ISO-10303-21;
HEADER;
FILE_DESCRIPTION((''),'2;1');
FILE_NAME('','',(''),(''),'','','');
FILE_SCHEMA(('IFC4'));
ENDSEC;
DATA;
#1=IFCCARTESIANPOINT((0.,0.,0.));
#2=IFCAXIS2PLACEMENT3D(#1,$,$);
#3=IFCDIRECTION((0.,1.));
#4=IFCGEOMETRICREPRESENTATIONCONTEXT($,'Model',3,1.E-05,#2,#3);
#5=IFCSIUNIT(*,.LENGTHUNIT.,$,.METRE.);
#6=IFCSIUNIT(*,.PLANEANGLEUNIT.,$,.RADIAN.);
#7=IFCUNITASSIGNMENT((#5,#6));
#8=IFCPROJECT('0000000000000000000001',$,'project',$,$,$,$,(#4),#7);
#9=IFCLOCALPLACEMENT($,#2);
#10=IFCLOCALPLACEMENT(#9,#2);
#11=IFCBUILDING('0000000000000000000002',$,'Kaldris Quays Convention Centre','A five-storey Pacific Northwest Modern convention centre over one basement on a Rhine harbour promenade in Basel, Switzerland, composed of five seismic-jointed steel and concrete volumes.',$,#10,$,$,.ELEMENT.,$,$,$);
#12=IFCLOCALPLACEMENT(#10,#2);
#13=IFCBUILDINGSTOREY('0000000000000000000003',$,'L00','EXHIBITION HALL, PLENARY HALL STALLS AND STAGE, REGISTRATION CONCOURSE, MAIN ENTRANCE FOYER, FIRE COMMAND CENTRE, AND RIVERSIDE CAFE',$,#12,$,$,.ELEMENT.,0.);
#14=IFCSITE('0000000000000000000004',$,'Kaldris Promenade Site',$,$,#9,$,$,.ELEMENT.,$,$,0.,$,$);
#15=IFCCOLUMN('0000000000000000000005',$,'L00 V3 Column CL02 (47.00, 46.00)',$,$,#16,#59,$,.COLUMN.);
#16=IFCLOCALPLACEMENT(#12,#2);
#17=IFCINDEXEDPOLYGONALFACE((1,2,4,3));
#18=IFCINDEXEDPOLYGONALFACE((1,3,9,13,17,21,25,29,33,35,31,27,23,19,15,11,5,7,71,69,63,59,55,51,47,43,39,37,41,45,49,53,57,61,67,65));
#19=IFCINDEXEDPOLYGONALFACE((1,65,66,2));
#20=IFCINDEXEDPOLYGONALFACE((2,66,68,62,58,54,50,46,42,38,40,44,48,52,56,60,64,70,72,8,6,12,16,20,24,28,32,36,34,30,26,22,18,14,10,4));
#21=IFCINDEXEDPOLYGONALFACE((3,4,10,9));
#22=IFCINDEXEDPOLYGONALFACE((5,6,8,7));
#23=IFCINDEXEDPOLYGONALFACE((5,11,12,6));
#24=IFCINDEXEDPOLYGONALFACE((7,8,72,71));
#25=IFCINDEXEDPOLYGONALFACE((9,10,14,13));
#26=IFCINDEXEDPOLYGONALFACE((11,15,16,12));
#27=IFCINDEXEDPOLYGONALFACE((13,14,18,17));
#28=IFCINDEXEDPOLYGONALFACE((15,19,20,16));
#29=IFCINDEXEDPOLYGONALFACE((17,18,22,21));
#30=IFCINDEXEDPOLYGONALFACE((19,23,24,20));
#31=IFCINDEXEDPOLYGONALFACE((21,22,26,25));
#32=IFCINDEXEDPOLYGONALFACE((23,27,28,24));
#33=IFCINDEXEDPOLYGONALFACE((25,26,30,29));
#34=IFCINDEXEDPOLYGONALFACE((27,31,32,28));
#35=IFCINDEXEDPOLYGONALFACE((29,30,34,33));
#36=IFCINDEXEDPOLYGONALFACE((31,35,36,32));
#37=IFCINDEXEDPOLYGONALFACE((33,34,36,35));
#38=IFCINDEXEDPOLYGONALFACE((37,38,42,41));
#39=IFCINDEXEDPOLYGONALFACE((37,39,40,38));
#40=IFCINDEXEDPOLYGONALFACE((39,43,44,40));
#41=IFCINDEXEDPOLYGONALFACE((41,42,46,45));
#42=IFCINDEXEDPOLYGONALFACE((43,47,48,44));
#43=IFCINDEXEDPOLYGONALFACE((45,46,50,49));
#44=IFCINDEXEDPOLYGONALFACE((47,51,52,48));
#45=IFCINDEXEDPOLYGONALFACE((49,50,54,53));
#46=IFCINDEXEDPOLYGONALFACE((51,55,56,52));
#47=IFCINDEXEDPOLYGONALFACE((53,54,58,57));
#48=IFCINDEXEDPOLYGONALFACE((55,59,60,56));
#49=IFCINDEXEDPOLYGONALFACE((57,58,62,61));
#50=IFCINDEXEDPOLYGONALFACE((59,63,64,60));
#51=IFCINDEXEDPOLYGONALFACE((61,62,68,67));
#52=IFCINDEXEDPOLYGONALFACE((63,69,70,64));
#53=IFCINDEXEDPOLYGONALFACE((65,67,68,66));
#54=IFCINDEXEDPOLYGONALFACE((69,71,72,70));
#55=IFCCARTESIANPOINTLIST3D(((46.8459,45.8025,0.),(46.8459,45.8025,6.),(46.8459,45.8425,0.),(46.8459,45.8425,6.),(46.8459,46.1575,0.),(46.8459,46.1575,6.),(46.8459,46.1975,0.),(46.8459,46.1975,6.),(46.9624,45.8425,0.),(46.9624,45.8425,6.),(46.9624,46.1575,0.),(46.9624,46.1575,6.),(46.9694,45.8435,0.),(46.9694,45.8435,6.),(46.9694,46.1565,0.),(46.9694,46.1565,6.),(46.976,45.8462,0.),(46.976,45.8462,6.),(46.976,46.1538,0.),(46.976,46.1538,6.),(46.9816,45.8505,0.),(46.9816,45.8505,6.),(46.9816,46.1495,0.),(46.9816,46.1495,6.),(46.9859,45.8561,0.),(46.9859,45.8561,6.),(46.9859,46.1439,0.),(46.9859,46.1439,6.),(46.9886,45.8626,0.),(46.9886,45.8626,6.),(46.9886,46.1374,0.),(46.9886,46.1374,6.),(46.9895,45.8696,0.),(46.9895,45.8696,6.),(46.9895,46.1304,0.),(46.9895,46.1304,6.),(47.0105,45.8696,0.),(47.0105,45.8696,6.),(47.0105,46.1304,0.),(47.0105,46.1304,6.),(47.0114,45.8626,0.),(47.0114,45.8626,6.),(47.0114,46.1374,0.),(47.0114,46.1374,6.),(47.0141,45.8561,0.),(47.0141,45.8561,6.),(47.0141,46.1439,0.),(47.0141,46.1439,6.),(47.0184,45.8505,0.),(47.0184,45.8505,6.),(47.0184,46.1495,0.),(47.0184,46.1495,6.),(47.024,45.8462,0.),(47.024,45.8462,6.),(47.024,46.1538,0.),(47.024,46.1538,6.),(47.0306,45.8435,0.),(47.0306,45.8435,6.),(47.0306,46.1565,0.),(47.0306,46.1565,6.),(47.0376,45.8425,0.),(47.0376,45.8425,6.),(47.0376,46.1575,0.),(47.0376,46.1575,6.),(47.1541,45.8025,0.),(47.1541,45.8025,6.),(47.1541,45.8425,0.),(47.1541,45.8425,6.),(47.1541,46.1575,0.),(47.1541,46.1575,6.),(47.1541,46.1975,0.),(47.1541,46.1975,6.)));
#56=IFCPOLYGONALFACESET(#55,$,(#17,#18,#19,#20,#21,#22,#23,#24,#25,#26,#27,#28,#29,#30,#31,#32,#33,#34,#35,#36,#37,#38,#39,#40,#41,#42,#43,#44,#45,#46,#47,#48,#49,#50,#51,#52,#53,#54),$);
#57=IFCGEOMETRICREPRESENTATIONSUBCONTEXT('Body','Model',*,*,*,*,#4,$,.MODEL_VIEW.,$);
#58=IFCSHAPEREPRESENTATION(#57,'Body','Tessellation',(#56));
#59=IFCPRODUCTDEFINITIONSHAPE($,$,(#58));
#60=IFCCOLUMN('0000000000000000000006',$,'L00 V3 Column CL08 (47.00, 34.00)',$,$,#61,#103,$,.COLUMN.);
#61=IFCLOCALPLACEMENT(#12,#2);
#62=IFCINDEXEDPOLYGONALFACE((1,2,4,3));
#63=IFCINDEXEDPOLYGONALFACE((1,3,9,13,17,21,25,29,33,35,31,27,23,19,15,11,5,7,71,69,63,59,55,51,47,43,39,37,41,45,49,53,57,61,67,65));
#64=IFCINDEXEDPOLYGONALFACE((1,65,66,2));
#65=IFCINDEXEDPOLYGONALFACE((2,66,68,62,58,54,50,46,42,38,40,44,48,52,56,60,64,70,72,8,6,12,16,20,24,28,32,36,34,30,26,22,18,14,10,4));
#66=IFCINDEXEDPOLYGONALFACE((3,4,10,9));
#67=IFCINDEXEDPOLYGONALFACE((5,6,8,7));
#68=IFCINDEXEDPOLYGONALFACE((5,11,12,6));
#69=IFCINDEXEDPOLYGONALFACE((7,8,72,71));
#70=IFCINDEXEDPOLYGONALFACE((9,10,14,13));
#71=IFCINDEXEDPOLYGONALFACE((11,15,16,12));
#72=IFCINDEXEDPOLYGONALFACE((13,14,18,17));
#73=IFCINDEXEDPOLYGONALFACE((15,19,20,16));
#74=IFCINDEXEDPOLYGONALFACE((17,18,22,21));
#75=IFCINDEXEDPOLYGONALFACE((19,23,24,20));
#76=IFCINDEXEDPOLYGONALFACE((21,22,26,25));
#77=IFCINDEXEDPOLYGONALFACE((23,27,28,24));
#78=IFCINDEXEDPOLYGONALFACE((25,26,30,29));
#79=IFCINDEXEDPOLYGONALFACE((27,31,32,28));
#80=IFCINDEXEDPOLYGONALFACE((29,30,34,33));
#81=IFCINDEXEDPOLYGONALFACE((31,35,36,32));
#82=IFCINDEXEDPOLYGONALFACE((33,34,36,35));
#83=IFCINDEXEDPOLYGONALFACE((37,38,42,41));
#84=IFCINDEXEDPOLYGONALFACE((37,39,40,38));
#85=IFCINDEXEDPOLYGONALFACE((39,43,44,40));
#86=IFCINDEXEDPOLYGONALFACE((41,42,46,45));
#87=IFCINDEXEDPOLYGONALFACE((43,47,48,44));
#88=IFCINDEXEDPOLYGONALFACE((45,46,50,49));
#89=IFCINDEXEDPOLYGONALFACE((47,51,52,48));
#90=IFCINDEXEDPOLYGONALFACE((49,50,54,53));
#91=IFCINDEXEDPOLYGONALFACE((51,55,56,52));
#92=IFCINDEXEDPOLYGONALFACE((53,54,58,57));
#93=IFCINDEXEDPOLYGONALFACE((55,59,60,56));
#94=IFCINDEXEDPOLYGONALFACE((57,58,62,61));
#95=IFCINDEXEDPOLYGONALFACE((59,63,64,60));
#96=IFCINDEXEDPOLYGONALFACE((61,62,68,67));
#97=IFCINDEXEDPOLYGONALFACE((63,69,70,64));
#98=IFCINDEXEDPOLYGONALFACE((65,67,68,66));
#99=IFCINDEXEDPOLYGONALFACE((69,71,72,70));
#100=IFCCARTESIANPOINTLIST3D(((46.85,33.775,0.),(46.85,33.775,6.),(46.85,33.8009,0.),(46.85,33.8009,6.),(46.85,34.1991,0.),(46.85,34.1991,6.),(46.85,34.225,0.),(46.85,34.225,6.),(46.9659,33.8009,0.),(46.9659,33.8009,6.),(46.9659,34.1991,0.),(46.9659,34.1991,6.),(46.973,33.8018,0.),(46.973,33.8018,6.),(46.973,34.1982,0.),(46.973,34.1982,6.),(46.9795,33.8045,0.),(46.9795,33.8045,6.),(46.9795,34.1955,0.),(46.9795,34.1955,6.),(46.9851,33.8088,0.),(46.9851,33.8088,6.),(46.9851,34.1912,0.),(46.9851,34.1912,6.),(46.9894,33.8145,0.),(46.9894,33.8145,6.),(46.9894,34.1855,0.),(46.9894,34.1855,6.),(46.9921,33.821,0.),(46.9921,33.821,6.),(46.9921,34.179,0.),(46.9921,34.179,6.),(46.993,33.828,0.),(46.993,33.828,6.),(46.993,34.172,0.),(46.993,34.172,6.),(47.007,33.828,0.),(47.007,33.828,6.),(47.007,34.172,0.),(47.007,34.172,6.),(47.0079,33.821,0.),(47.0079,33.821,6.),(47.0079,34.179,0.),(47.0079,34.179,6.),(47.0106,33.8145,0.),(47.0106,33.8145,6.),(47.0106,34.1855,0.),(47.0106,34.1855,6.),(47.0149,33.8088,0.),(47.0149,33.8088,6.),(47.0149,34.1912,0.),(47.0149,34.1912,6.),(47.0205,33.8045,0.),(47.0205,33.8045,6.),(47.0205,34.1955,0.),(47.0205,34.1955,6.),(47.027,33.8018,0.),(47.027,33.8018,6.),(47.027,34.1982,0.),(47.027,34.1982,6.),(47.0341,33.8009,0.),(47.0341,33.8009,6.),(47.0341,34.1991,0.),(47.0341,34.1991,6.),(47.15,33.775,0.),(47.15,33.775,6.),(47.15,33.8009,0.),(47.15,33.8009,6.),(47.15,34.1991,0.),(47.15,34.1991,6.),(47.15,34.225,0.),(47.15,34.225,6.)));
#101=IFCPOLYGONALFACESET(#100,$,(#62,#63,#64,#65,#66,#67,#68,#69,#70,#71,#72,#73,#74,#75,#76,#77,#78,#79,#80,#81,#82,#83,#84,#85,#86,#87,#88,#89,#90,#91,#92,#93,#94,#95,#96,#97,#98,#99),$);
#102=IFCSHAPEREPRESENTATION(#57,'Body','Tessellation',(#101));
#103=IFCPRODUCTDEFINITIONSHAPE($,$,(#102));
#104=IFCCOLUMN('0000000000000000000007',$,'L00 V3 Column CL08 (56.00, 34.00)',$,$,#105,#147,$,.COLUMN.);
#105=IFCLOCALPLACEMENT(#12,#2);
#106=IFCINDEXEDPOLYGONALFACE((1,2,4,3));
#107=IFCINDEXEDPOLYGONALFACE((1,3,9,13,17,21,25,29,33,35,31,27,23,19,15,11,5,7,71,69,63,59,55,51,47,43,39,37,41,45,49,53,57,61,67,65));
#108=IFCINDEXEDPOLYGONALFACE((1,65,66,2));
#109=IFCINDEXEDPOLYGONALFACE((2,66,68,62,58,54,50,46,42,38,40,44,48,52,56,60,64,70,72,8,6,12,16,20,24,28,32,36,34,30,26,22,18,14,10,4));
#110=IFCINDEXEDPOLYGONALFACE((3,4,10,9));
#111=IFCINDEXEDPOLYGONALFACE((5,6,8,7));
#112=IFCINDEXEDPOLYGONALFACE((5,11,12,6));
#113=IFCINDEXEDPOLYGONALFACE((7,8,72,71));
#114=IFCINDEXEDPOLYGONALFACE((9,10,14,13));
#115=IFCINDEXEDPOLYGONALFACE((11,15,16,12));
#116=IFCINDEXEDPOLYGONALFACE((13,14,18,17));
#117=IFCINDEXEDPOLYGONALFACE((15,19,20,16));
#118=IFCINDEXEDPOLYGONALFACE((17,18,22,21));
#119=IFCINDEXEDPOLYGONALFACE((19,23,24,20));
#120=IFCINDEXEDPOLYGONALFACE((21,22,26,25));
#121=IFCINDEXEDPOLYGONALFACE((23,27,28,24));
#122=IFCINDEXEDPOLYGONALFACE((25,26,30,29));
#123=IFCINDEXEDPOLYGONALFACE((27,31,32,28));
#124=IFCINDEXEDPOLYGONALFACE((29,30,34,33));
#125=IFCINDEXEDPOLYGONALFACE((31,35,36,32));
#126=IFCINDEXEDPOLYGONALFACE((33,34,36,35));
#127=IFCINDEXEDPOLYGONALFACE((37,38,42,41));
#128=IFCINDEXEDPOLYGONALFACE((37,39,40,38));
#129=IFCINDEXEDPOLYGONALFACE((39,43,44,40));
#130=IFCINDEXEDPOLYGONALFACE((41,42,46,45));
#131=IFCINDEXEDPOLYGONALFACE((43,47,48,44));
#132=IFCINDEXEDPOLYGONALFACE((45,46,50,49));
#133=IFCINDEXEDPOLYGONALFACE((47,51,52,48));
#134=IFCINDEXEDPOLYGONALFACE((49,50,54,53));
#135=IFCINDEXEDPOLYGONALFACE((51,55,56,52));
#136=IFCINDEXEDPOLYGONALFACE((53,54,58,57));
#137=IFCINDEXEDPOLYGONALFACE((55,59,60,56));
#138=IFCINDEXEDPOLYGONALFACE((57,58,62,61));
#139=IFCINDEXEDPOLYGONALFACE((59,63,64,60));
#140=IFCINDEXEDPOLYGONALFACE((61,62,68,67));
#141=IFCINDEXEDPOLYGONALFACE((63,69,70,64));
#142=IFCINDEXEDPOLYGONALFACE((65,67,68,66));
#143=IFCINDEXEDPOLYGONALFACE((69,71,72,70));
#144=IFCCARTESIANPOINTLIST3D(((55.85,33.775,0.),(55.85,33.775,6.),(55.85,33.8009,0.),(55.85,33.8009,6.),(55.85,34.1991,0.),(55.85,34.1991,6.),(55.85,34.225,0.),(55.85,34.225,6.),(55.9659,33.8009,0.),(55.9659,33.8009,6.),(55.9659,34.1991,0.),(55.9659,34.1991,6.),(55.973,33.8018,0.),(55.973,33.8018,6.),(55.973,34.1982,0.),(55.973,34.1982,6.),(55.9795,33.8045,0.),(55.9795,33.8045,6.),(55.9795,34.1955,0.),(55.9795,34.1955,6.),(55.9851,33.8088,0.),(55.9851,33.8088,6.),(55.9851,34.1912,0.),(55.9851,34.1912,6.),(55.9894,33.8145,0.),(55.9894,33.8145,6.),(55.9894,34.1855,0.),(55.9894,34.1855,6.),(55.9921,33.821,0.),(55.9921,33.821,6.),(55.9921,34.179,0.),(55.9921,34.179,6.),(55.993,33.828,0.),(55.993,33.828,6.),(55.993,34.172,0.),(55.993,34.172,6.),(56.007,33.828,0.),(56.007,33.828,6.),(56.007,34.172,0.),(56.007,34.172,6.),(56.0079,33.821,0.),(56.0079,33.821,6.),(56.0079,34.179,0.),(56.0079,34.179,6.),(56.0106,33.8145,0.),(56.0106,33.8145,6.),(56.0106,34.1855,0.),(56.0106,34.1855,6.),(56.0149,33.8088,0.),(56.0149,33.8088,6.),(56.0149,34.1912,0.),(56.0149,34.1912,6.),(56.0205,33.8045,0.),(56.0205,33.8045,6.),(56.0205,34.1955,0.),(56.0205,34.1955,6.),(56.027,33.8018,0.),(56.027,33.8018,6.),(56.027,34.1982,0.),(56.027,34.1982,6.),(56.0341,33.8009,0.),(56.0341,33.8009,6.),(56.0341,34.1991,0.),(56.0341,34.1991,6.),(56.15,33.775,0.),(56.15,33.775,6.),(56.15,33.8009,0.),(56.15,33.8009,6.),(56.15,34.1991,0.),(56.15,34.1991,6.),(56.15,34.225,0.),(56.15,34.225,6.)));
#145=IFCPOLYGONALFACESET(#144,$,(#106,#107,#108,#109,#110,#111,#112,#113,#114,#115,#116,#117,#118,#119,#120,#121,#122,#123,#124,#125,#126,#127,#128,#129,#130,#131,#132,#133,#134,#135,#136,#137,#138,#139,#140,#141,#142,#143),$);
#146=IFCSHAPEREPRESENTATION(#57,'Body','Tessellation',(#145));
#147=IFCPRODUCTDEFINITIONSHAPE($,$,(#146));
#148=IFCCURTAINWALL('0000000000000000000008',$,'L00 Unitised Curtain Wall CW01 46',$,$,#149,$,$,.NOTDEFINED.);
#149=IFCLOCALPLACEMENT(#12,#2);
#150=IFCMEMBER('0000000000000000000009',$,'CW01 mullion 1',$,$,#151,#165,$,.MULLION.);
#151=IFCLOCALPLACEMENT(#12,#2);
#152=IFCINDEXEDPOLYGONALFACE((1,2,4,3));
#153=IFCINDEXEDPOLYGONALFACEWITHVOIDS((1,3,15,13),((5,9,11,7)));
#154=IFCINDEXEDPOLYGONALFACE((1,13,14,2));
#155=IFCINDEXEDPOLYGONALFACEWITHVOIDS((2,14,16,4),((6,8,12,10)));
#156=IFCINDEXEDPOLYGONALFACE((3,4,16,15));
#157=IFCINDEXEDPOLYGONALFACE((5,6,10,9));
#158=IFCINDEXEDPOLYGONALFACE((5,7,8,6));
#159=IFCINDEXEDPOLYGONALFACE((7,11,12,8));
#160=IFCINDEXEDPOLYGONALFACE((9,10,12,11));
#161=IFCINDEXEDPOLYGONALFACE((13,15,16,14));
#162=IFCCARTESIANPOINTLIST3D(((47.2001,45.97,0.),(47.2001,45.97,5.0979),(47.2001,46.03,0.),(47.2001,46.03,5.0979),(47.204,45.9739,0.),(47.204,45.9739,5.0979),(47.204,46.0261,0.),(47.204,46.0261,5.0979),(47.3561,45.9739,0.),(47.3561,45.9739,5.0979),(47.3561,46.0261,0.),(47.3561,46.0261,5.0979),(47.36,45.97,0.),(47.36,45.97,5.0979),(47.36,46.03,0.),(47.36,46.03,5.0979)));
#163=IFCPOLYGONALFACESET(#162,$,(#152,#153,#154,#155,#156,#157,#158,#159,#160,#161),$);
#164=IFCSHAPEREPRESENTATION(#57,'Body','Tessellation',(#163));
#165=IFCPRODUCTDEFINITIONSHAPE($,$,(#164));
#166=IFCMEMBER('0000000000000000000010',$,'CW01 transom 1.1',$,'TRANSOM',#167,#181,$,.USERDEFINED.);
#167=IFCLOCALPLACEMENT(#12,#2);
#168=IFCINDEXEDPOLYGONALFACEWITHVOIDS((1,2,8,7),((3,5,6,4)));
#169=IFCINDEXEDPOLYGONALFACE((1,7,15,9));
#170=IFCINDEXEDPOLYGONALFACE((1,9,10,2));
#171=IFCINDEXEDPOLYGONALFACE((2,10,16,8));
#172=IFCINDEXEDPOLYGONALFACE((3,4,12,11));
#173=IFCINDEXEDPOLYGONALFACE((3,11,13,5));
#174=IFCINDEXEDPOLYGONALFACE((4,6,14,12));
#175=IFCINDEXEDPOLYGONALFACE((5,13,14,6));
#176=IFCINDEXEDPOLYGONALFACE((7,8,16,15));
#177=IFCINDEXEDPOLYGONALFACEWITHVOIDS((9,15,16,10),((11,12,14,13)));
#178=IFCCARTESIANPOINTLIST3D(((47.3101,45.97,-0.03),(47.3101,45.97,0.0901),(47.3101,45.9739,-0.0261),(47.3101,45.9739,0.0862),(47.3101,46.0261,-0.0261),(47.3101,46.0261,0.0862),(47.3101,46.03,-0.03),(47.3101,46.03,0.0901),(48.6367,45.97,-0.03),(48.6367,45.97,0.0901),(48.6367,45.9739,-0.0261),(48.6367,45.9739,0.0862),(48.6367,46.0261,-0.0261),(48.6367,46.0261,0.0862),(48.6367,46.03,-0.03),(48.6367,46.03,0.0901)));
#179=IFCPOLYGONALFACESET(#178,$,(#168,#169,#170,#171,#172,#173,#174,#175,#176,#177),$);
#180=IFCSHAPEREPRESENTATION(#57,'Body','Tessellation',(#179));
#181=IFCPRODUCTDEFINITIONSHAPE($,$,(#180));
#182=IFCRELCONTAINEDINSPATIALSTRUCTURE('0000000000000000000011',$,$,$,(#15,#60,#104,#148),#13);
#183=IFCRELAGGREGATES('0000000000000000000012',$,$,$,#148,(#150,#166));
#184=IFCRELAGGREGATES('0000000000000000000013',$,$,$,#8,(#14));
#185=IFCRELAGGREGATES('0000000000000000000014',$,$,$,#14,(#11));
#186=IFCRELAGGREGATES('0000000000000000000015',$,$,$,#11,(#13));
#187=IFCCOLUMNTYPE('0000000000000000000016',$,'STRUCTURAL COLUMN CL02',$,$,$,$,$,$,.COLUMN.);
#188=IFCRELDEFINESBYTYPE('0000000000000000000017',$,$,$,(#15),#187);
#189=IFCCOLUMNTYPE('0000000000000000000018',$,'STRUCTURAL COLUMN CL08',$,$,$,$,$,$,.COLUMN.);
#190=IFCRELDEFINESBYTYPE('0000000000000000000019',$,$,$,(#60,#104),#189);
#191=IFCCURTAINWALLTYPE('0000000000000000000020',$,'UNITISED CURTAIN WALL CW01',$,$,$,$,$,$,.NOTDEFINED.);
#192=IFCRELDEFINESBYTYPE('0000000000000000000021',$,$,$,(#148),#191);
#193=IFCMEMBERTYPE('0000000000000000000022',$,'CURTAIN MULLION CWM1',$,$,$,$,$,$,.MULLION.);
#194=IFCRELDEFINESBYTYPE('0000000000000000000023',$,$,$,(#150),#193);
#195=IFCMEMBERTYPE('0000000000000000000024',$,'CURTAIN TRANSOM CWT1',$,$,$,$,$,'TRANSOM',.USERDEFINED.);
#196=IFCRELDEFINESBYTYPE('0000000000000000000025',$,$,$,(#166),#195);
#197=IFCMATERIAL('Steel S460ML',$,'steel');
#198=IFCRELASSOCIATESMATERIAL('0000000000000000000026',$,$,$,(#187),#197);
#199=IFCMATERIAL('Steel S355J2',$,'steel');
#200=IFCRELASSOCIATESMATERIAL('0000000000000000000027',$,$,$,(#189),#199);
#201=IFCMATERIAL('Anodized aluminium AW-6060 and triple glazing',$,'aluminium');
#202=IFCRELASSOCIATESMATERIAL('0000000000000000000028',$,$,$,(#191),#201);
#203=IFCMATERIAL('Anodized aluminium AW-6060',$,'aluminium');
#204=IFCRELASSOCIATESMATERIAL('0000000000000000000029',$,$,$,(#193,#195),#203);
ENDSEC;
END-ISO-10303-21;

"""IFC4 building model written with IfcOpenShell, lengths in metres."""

from ifc_helpers import new_model, si_unit, direction, frame, origin, origin_2d, place, context, subcontext, project, spatial, hollow_rectangle, i_section, extrude, material, material_profile, profile_set, type_object, element, aggregate, save


model = new_model("IFC4")

# Units and contexts
model_context = context("Model", 3, precision=1e-05, world=origin(), true_north=direction((0.0, 1.0)))
body_context = subcontext(model_context, "Body", "Model", "MODEL_VIEW")
ifc_project = project(units=[si_unit("LENGTHUNIT", "METRE"), si_unit("PLANEANGLEUNIT", "RADIAN")], contexts=[model_context])

# Site, building, storey
site_placement = place(None, origin())
site = spatial("IfcSite", under=ifc_project, at=site_placement, Name="Kaldris Promenade Site", CompositionType="ELEMENT", RefElevation=0.0)
building_placement = place(site_placement, origin())
building = spatial("IfcBuilding", under=site, at=building_placement, Name="Kaldris Quays Convention Centre", Description="A five-storey Pacific Northwest Modern convention centre over one basement on a Rhine harbour promenade in Basel, Switzerland, composed of five seismic-jointed steel and concrete volumes.", CompositionType="ELEMENT")
storey_placement = place(building_placement, origin())
storey = spatial("IfcBuildingStorey", under=building, at=storey_placement, Name="L00", Description="EXHIBITION HALL, PLENARY HALL STALLS AND STAGE, REGISTRATION CONCOURSE, MAIN ENTRANCE FOYER, FIRE COMMAND CENTRE, AND RIVERSIDE CAFE", CompositionType="ELEMENT", Elevation=0.0)

# Columns
ifc_material_1 = material(Name="Steel S460ML", Category="steel")
ifc_material_profile_1 = material_profile(ifc_material_1, i_section(OverallWidth=0.3081, OverallDepth=0.395, WebThickness=0.021, FlangeThickness=0.04, FilletRadius=0.0271, at=origin_2d()), Name="HEM 360")
ifc_profile_set_1 = profile_set([ifc_material_profile_1], Name="Steel S460ML")
column_type_1 = type_object("IfcColumnType", Name="STRUCTURAL COLUMN CL02", PredefinedType="COLUMN", material=ifc_profile_set_1)
column_placement = place(storey_placement, frame((47.0, 46.0, 0.0), z_axis=(0.0, 0.0, 1.0), x_axis=(1.0, 0.0, 0.0)))
element("IfcColumn", 1, at=column_placement, inside=storey, type_object=column_type_1, Name="L00 V3 Column CL02 (47.00, 46.00)", PredefinedType="COLUMN", context=body_context, shape_type="SweptSolid", body=[
    extrude(i_section(OverallWidth=0.3081, OverallDepth=0.395, WebThickness=0.021, FlangeThickness=0.04, FilletRadius=0.0271, at=origin_2d()), origin(), (0.0, 0.0, 1.0), 6.0),
])
ifc_material_2 = material(Name="Steel S355J2", Category="steel")
ifc_material_profile_2 = material_profile(ifc_material_2, i_section(OverallWidth=0.3, OverallDepth=0.45, WebThickness=0.0139, FlangeThickness=0.0259, FilletRadius=0.0271, at=origin_2d()), Name="HEB 450")
ifc_profile_set_2 = profile_set([ifc_material_profile_2], Name="Steel S355J2")
column_type_2 = type_object("IfcColumnType", Name="STRUCTURAL COLUMN CL08", PredefinedType="COLUMN", material=ifc_profile_set_2)
for number, where, z_axis, x_axis, name in (
    (2, (47.0, 34.0, 0.0), (0.0, 0.0, 1.0), (1.0, 0.0, 0.0), "L00 V3 Column CL08 (47.00, 34.00)"),
    (3, (56.0, 34.0, 0.0), (0.0, 0.0, 1.0), (1.0, 0.0, 0.0), "L00 V3 Column CL08 (56.00, 34.00)"),
):
    element("IfcColumn", number, at=place(storey_placement, frame(where, z_axis=z_axis, x_axis=x_axis)), inside=storey, type_object=column_type_2, Name=name, PredefinedType="COLUMN", context=body_context, shape_type="SweptSolid", body=[
        extrude(i_section(OverallWidth=0.3, OverallDepth=0.45, WebThickness=0.0139, FlangeThickness=0.0259, FilletRadius=0.0271, at=origin_2d()), origin(), (0.0, 0.0, 1.0), 6.0),
    ])

# Curtain wall, members
ifc_material_3 = material(Name="Anodized aluminium AW-6060 and triple glazing", Category="aluminium")
curtain_wall_type = type_object("IfcCurtainWallType", Name="UNITISED CURTAIN WALL CW01", PredefinedType="NOTDEFINED", material=ifc_material_3)
curtain_wall_placement = place(storey_placement, origin())
curtain_wall = element("IfcCurtainWall", 4, at=curtain_wall_placement, inside=storey, type_object=curtain_wall_type, Name="L00 Unitised Curtain Wall CW01 46", PredefinedType="NOTDEFINED")
ifc_material_4 = material(Name="Anodized aluminium AW-6060", Category="aluminium")
ifc_material_profile_3 = material_profile(ifc_material_4, hollow_rectangle(XDim=0.0601, YDim=0.1599, WallThickness=0.0039, at=origin_2d()), Name="RHS 160x60x4")
ifc_profile_set_3 = profile_set([ifc_material_profile_3], Name="Anodized aluminium AW-6060")
member_type_1 = type_object("IfcMemberType", Name="CURTAIN MULLION CWM1", PredefinedType="MULLION", material=ifc_profile_set_3)
member_1_placement = place(storey_placement, frame((47.28, 46.0, 0.0), z_axis=(0.0, 0.0, 1.0), x_axis=(0.0, 1.0, 0.0)))
member_1 = element("IfcMember", 5, at=member_1_placement, type_object=member_type_1, Name="CW01 mullion 1", PredefinedType="MULLION", context=body_context, shape_type="SweptSolid", body=[
    extrude(hollow_rectangle(XDim=0.0601, YDim=0.1599, WallThickness=0.0039, at=origin_2d()), origin(), (0.0, 0.0, 1.0), 5.0979),
])
ifc_material_profile_4 = material_profile(ifc_material_4, hollow_rectangle(XDim=0.0601, YDim=0.1201, WallThickness=0.0039, at=origin_2d()), Name="RHS 120x60x4")
ifc_profile_set_4 = profile_set([ifc_material_profile_4], Name="Anodized aluminium AW-6060")
member_type_2 = type_object("IfcMemberType", Name="CURTAIN TRANSOM CWT1", ElementType="TRANSOM", PredefinedType="USERDEFINED", material=ifc_profile_set_4)
member_2_placement = place(storey_placement, frame((47.3101, 46.0, 0.03), z_axis=(1.0, 0.0, 0.0), x_axis=(0.0, 1.0, 0.0)))
member_2 = element("IfcMember", 6, at=member_2_placement, type_object=member_type_2, Name="CW01 transom 1.1", ObjectType="TRANSOM", PredefinedType="USERDEFINED", context=body_context, shape_type="SweptSolid", body=[
    extrude(hollow_rectangle(XDim=0.0601, YDim=0.1201, WallThickness=0.0039, at=origin_2d()), origin(), (0.0, 0.0, 1.0), 1.3267),
])
aggregate(curtain_wall, [member_1, member_2])

save(model, "model.ifc")
